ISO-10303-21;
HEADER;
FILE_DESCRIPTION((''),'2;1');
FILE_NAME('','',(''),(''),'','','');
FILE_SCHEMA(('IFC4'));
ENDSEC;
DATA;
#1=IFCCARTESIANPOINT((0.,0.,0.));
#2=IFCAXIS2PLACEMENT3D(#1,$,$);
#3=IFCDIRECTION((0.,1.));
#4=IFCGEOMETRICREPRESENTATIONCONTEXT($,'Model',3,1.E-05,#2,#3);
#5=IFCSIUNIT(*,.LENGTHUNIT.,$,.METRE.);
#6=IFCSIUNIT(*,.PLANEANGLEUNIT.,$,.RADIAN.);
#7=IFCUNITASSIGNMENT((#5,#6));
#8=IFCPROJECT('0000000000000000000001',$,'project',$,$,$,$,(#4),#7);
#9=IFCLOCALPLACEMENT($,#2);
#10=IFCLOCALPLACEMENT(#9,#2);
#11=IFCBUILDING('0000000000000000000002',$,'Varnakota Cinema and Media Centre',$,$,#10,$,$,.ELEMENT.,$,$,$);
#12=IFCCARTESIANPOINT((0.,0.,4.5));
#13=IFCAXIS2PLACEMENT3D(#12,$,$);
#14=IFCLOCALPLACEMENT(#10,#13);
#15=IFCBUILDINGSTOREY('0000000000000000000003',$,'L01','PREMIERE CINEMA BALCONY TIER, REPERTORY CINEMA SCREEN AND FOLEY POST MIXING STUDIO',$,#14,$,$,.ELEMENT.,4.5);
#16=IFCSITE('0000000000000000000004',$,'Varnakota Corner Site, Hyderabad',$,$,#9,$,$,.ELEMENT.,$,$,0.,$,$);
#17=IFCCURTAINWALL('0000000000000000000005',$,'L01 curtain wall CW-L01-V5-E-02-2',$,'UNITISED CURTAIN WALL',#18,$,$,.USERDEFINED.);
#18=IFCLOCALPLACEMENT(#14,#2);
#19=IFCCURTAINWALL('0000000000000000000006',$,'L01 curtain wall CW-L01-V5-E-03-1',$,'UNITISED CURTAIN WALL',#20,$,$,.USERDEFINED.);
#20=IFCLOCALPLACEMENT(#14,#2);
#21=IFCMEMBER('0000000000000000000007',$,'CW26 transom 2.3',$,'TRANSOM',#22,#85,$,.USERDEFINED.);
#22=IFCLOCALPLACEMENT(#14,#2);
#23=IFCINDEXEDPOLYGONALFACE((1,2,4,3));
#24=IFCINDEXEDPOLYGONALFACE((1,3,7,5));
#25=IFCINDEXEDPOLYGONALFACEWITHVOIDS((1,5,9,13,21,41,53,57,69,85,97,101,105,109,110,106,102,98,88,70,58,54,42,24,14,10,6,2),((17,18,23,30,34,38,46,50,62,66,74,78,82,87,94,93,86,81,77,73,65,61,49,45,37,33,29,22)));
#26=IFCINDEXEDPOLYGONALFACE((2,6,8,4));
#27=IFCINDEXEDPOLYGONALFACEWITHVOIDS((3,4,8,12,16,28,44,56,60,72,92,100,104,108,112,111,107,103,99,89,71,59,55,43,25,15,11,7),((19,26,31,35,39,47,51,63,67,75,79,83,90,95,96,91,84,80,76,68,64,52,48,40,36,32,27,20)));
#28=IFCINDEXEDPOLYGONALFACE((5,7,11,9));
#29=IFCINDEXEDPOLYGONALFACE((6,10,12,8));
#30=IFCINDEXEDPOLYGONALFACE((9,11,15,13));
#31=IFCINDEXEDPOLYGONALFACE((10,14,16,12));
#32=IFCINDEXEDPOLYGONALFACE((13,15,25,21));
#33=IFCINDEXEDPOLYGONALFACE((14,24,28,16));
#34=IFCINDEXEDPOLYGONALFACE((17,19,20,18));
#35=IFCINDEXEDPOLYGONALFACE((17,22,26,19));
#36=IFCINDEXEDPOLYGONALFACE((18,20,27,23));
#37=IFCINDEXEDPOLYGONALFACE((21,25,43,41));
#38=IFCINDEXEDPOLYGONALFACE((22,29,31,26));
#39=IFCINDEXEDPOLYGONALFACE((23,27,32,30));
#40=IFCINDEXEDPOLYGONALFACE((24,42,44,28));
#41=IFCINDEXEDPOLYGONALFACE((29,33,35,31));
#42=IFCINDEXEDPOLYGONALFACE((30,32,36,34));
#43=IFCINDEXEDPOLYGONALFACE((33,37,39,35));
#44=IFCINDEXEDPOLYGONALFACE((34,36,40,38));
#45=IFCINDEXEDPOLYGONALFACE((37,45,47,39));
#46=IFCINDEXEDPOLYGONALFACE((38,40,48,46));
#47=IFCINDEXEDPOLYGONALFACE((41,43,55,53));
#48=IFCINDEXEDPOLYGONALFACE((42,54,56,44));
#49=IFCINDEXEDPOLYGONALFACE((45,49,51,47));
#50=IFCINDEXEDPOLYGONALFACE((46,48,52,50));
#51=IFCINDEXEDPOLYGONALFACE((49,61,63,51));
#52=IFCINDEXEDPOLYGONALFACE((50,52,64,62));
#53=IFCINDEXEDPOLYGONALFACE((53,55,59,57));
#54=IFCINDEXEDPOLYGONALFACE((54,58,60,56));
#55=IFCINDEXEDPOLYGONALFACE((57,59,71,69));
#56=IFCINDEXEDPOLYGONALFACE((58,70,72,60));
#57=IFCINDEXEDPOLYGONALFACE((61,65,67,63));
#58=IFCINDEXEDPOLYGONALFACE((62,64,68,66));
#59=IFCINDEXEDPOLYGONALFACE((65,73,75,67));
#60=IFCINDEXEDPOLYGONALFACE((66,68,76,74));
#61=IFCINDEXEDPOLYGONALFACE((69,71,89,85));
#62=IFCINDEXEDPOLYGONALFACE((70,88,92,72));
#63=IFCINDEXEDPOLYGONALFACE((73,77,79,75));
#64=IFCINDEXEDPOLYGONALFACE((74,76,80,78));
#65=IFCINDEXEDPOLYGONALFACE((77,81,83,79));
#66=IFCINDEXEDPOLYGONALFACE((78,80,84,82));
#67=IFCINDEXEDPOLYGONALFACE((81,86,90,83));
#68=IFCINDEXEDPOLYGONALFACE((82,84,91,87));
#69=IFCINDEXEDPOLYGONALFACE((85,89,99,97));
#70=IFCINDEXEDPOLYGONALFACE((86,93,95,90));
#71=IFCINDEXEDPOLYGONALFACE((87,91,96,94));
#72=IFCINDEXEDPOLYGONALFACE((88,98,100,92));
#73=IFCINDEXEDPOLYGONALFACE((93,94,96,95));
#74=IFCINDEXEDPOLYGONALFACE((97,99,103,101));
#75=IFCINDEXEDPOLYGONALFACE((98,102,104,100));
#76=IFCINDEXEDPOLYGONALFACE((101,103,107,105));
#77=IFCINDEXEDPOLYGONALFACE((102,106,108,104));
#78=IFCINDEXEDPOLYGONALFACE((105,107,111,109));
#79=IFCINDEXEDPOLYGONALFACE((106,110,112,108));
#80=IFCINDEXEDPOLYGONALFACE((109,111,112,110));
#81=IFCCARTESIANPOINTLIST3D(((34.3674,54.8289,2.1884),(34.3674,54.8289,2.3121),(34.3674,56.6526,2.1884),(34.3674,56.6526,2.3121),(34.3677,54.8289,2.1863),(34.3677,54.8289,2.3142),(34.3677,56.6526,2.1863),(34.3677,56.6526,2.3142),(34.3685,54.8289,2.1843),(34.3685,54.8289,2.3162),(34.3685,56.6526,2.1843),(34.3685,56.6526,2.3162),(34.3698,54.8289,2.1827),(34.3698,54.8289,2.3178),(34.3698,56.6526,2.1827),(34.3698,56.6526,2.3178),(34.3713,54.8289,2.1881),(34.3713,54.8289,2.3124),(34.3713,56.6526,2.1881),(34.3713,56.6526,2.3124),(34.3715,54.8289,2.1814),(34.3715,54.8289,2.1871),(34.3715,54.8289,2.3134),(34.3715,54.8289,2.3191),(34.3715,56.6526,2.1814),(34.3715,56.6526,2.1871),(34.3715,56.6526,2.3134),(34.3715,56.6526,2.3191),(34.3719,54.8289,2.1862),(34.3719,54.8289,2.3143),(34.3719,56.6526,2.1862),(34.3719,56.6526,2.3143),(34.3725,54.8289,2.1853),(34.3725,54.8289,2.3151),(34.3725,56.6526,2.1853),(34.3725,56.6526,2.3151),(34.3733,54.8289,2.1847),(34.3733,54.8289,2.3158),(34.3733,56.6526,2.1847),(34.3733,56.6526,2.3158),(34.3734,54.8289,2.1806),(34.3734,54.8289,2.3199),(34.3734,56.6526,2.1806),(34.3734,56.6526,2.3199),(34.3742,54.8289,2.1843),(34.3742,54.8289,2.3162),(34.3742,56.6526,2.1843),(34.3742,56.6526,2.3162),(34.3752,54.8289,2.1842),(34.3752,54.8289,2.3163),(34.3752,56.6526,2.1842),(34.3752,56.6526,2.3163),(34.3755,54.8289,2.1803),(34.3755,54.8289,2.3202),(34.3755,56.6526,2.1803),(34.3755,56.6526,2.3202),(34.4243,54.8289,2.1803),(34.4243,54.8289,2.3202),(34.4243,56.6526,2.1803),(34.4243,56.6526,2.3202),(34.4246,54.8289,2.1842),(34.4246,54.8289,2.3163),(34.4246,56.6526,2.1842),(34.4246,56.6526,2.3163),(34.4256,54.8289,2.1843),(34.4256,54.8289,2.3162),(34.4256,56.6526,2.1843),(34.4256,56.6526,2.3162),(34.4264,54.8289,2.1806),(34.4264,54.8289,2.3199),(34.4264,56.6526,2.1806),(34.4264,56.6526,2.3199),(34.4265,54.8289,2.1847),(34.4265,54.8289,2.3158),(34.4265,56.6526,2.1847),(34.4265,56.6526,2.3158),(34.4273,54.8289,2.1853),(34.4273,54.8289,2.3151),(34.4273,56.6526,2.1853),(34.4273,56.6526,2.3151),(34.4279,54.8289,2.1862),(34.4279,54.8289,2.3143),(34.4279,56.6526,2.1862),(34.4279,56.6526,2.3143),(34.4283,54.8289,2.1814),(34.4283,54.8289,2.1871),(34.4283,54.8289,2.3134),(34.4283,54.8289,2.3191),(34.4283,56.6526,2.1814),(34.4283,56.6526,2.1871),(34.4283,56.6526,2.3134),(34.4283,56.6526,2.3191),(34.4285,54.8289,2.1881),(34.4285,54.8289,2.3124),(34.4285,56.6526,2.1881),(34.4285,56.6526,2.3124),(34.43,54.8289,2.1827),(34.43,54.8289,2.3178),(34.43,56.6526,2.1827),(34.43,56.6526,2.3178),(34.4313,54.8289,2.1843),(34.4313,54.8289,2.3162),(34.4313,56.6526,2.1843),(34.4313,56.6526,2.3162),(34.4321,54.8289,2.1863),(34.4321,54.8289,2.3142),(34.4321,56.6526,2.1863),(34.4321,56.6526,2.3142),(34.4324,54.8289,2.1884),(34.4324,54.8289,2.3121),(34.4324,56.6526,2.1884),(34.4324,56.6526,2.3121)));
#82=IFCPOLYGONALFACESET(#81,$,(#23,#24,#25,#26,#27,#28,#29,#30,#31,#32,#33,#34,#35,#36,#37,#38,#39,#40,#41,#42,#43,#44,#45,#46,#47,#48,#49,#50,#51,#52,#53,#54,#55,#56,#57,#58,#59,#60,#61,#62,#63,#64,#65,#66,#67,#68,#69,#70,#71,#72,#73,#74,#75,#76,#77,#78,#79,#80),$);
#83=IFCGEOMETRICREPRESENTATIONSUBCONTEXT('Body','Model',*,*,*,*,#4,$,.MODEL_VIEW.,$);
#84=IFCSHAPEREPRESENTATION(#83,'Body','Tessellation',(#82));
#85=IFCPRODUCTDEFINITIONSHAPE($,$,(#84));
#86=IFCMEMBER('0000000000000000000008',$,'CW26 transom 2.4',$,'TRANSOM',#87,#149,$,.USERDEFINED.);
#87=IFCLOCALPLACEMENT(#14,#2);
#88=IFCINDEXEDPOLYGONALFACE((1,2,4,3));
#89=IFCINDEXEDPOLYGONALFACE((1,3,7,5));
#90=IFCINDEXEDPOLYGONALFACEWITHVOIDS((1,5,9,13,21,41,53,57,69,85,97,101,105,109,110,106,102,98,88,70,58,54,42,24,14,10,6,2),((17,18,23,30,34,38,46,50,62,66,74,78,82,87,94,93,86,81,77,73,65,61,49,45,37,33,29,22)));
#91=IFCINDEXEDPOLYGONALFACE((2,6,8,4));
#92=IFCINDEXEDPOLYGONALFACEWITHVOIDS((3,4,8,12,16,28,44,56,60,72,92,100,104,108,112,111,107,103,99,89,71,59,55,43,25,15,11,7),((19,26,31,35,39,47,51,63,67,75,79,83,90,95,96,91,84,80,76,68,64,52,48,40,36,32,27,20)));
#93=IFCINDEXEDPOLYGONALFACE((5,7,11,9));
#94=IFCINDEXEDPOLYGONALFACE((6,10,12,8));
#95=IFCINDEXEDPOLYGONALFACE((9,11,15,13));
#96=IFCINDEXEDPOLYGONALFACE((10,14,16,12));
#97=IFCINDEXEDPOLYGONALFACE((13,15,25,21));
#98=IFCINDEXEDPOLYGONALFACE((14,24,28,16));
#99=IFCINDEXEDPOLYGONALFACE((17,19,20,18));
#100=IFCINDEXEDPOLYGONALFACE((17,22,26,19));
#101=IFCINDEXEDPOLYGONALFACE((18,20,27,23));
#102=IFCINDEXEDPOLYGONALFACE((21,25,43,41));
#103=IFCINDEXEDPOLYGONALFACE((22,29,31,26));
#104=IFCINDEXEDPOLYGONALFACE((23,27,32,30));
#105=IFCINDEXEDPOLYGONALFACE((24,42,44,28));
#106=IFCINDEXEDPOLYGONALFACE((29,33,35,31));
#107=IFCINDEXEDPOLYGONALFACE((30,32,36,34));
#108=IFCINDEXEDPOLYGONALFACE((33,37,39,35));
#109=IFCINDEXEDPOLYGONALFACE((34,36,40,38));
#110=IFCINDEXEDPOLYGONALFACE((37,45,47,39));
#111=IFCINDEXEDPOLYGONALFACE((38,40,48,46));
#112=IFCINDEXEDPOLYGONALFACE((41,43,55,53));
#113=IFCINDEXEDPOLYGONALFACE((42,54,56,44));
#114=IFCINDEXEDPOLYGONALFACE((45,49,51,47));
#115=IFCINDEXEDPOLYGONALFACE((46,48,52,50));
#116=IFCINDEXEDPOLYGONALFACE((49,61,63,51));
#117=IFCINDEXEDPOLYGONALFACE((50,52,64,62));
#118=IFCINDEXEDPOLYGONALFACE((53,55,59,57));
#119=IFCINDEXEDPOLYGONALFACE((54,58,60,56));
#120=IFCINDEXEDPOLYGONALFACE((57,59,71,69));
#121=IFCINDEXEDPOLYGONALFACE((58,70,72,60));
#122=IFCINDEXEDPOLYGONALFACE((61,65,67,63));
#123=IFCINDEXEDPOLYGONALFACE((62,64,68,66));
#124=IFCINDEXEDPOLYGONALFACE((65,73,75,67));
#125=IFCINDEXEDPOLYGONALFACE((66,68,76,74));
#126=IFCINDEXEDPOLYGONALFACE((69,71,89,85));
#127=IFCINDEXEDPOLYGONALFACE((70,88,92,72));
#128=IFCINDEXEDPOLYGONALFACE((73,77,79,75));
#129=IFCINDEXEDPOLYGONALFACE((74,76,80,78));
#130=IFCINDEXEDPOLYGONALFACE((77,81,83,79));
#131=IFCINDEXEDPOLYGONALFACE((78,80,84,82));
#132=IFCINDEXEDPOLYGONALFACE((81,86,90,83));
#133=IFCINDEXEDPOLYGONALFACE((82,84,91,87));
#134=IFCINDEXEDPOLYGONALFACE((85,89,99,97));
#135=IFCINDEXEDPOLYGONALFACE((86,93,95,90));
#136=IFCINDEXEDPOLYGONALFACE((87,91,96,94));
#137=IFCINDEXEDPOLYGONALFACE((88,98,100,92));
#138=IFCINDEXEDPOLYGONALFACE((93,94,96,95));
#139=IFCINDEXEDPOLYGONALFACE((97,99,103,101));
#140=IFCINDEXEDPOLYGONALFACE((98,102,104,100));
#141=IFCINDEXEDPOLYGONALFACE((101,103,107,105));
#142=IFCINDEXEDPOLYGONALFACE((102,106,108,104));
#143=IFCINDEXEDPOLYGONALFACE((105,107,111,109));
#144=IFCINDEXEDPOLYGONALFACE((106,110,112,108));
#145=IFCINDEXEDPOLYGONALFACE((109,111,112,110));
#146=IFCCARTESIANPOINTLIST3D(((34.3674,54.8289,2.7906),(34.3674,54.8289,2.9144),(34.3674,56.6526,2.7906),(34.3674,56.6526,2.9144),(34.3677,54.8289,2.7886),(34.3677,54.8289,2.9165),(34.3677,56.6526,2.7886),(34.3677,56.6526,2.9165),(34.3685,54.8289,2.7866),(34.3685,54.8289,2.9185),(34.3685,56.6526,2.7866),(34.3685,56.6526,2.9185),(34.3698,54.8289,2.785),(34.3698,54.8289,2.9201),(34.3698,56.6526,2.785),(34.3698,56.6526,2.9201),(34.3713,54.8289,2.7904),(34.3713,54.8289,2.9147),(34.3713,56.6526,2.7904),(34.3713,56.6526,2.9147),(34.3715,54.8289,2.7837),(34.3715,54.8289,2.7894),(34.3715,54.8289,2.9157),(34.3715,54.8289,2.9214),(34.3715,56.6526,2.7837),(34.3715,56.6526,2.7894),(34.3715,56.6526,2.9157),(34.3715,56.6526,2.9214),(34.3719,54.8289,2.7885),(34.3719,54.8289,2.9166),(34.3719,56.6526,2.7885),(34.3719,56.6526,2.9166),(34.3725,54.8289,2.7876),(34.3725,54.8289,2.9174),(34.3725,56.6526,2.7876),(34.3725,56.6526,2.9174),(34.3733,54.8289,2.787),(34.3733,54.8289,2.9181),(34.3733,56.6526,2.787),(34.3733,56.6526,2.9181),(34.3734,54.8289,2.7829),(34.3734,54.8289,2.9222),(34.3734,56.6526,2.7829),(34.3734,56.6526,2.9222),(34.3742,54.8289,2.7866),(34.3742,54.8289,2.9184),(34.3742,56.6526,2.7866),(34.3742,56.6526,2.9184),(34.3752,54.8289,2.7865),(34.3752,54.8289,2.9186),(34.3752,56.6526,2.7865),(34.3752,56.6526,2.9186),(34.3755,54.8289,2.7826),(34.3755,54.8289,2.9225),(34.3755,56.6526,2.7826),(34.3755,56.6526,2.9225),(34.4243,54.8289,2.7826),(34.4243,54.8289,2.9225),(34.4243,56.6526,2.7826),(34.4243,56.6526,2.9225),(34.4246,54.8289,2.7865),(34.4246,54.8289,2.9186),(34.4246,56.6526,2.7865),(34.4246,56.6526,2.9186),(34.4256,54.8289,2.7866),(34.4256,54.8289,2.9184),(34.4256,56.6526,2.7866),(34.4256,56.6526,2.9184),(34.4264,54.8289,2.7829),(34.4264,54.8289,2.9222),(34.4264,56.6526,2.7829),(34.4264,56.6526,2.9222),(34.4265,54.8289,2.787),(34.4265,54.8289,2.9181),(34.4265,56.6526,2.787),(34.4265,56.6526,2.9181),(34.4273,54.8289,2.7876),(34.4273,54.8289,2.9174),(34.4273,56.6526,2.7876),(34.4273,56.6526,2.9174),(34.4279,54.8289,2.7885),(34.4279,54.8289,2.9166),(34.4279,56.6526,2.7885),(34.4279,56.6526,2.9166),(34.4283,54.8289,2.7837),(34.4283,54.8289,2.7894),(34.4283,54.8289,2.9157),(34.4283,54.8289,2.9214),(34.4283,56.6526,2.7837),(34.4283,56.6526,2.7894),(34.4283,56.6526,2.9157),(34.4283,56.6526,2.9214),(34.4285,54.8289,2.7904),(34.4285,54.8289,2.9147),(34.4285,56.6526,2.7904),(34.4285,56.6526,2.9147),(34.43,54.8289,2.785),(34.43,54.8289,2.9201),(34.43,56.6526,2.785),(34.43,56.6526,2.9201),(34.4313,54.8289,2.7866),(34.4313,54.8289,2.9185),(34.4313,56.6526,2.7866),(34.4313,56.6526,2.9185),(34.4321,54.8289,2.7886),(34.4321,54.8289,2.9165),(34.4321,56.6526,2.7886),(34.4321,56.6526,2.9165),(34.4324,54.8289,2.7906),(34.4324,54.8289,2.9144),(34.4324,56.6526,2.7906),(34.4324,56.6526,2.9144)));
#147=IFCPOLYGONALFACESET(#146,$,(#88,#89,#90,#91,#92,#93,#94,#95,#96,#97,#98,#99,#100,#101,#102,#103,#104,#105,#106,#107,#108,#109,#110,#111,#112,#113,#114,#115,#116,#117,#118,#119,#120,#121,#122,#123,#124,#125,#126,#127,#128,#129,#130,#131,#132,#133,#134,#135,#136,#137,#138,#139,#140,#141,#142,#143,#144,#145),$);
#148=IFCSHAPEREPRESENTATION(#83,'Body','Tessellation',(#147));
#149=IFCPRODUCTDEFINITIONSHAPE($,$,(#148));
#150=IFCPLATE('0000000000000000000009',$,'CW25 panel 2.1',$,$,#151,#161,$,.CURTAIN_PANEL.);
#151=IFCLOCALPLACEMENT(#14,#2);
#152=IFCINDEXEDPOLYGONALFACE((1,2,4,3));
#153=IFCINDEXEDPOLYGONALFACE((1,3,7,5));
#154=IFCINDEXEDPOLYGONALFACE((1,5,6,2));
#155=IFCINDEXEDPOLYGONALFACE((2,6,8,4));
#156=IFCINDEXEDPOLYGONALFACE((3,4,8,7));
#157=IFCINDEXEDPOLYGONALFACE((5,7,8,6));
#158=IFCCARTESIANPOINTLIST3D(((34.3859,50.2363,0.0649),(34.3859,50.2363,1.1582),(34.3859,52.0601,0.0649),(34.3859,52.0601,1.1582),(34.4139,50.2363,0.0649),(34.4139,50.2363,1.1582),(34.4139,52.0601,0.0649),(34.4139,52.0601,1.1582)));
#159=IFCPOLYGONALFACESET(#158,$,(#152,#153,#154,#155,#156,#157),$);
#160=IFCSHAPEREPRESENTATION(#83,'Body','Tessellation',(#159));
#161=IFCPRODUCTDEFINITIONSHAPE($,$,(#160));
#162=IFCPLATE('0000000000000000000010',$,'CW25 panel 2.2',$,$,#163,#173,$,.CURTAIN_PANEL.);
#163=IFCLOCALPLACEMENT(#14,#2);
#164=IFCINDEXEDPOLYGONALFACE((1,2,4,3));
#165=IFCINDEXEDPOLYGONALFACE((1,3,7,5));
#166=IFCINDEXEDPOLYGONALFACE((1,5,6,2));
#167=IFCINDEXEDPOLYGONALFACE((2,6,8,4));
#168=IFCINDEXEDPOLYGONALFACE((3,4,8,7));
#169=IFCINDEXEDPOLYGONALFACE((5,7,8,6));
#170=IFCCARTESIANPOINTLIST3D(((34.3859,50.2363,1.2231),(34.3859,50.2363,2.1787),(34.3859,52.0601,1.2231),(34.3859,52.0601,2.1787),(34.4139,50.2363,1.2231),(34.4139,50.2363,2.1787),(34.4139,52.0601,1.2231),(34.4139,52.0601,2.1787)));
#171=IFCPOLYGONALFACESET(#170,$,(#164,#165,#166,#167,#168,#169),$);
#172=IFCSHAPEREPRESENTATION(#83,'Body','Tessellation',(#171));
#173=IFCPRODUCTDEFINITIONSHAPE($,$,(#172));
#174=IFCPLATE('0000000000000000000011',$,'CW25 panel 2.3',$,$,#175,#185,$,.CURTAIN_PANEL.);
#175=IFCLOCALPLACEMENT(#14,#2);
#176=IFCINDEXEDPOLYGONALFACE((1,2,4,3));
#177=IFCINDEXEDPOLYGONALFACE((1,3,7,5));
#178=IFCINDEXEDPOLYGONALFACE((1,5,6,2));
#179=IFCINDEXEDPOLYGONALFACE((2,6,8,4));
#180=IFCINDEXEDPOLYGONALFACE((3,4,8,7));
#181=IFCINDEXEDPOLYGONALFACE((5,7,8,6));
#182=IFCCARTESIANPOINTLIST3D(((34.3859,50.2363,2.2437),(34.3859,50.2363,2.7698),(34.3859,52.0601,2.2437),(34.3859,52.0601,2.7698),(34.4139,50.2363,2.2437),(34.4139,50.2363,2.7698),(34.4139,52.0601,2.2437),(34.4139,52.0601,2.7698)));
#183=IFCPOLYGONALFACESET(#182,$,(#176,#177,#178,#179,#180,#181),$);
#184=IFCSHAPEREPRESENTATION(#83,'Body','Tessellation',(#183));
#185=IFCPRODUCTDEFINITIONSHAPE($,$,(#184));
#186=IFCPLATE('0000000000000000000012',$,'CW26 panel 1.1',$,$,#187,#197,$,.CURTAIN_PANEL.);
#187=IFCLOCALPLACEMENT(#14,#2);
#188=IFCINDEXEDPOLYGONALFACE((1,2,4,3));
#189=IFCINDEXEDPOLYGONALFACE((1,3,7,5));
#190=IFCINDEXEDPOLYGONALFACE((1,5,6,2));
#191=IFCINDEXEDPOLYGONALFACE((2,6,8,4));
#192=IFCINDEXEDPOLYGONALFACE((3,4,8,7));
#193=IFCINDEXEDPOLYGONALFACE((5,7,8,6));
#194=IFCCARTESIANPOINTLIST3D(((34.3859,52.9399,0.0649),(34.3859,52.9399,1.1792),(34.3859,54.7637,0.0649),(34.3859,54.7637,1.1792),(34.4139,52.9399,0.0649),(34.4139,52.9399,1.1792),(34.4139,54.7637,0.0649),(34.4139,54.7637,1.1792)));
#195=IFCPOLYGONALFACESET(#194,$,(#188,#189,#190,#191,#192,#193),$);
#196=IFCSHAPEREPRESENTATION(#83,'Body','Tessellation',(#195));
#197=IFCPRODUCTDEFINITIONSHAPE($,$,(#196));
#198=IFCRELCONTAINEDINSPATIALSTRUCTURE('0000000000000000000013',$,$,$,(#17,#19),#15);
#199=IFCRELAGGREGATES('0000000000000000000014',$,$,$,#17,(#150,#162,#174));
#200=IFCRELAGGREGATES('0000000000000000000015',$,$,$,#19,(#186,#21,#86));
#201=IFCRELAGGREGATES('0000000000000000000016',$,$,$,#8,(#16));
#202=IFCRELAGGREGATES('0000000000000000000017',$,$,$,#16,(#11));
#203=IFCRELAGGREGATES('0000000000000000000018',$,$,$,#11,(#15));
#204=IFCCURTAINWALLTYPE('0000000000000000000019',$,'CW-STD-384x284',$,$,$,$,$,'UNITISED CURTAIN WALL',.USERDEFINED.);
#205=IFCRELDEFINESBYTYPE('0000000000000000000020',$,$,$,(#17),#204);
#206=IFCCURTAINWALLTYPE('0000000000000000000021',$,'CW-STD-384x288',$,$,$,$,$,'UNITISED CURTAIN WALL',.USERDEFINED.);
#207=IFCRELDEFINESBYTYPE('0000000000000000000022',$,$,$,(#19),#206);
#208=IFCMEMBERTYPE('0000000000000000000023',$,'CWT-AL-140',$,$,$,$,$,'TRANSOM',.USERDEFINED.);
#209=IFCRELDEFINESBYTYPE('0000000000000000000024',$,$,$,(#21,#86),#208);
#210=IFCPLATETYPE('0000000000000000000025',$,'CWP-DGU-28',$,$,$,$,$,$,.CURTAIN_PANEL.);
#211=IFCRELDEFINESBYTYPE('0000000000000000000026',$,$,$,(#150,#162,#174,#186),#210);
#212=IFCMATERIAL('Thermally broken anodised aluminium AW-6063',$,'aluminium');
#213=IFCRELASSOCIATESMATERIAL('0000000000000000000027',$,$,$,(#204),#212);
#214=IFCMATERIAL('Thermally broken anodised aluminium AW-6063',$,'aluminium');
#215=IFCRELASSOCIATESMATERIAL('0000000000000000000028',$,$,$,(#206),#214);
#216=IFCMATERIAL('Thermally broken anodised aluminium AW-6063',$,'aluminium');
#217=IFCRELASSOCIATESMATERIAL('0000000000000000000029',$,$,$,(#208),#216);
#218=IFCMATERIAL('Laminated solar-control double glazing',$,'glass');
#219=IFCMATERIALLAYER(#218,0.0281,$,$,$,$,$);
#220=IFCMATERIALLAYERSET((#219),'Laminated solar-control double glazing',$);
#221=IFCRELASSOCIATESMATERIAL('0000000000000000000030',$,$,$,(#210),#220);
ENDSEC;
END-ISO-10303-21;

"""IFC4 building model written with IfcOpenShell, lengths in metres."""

from ifc_helpers import new_model, si_unit, direction, frame, origin, origin_2d, place, context, subcontext, project, spatial, rectangle, hollow_rectangle, extrude, material, layer, layer_set, material_profile, profile_set, type_object, element, aggregate, save


model = new_model("IFC4")

# Units and contexts
model_context = context("Model", 3, precision=1e-05, world=origin(), true_north=direction((0.0, 1.0)))
body_context = subcontext(model_context, "Body", "Model", "MODEL_VIEW")
ifc_project = project(units=[si_unit("LENGTHUNIT", "METRE"), si_unit("PLANEANGLEUNIT", "RADIAN")], contexts=[model_context])

# Site, building, storey
site_placement = place(None, origin())
site = spatial("IfcSite", under=ifc_project, at=site_placement, Name="Varnakota Corner Site, Hyderabad", CompositionType="ELEMENT", RefElevation=0.0)
building_placement = place(site_placement, origin())
building = spatial("IfcBuilding", under=site, at=building_placement, Name="Varnakota Cinema and Media Centre", CompositionType="ELEMENT")
storey_placement = place(building_placement, frame((0.0, 0.0, 4.5)))
storey = spatial("IfcBuildingStorey", under=building, at=storey_placement, Name="L01", Description="PREMIERE CINEMA BALCONY TIER, REPERTORY CINEMA SCREEN AND FOLEY POST MIXING STUDIO", CompositionType="ELEMENT", Elevation=4.5)

# Curtain wall
ifc_material_1 = material(Name="Thermally broken anodised aluminium AW-6063", Category="aluminium")
curtain_wall_type_1 = type_object("IfcCurtainWallType", Name="CW-STD-384x284", ElementType="UNITISED CURTAIN WALL", PredefinedType="USERDEFINED", material=ifc_material_1)
curtain_wall_1_placement = place(storey_placement, origin())
curtain_wall_1 = element("IfcCurtainWall", 1, at=curtain_wall_1_placement, inside=storey, type_object=curtain_wall_type_1, Name="L01 curtain wall CW-L01-V5-E-02-2", ObjectType="UNITISED CURTAIN WALL", PredefinedType="USERDEFINED")

# Curtain wall
ifc_material_2 = material(Name="Thermally broken anodised aluminium AW-6063", Category="aluminium")
curtain_wall_type_2 = type_object("IfcCurtainWallType", Name="CW-STD-384x288", ElementType="UNITISED CURTAIN WALL", PredefinedType="USERDEFINED", material=ifc_material_2)
curtain_wall_2_placement = place(storey_placement, origin())
curtain_wall_2 = element("IfcCurtainWall", 2, at=curtain_wall_2_placement, inside=storey, type_object=curtain_wall_type_2, Name="L01 curtain wall CW-L01-V5-E-03-1", ObjectType="UNITISED CURTAIN WALL", PredefinedType="USERDEFINED")

# Members
ifc_material_3 = material(Name="Thermally broken anodised aluminium AW-6063", Category="aluminium")
ifc_material_profile_1 = material_profile(ifc_material_3, hollow_rectangle(XDim=0.0649, YDim=0.1399, WallThickness=0.0039, InnerFilletRadius=0.0039, OuterFilletRadius=0.0081, at=origin_2d()), Name="AL-TRANSOM 140x65x4")
ifc_profile_set_1 = profile_set([ifc_material_profile_1], Name="Thermally broken anodised aluminium AW-6063")
member_type_1 = type_object("IfcMemberType", Name="CWT-AL-140", ElementType="TRANSOM", PredefinedType="USERDEFINED", material=ifc_profile_set_1)
member_1_placement = place(storey_placement, frame((34.3999, 54.8289, 2.2502), z_axis=(0.0, 1.0, 0.0), x_axis=(-1.0, 0.0, 0.0)))
member_1 = element("IfcMember", 3, at=member_1_placement, type_object=member_type_1, Name="CW26 transom 2.3", ObjectType="TRANSOM", PredefinedType="USERDEFINED", context=body_context, shape_type="SweptSolid", body=[
    extrude(hollow_rectangle(XDim=0.0649, YDim=0.1399, WallThickness=0.0039, InnerFilletRadius=0.0039, OuterFilletRadius=0.0081, at=origin_2d()), origin(), (0.0, 0.0, 1.0), 1.8237),
])
member_2_placement = place(storey_placement, frame((34.3999, 54.8289, 2.8525), z_axis=(0.0, 1.0, 0.0), x_axis=(-1.0, 0.0, 0.0)))
member_2 = element("IfcMember", 4, at=member_2_placement, type_object=member_type_1, Name="CW26 transom 2.4", ObjectType="TRANSOM", PredefinedType="USERDEFINED", context=body_context, shape_type="SweptSolid", body=[
    extrude(hollow_rectangle(XDim=0.0649, YDim=0.1399, WallThickness=0.0039, InnerFilletRadius=0.0039, OuterFilletRadius=0.0081, at=origin_2d()), origin(), (0.0, 0.0, 1.0), 1.8237),
])

# Plates
ifc_material_4 = material(Name="Laminated solar-control double glazing", Category="glass")
ifc_layer_1 = layer(ifc_material_4, 0.0281)
ifc_layer_set_1 = layer_set([ifc_layer_1], Name="Laminated solar-control double glazing")
plate_type = type_object("IfcPlateType", Name="CWP-DGU-28", PredefinedType="CURTAIN_PANEL", material=ifc_layer_set_1)
plate_1_placement = place(storey_placement, frame((34.3999, 51.1482, 0.0649), z_axis=(0.0, 0.0, 1.0), x_axis=(0.0, 1.0, 0.0)))
plate_1 = element("IfcPlate", 5, at=plate_1_placement, type_object=plate_type, Name="CW25 panel 2.1", PredefinedType="CURTAIN_PANEL", context=body_context, shape_type="SweptSolid", body=[
    extrude(rectangle(XDim=1.8237, YDim=0.0281, at=origin_2d()), origin(), (0.0, 0.0, 1.0), 1.0933),
])
plate_2_placement = place(storey_placement, frame((34.3999, 51.1482, 1.2231), z_axis=(0.0, 0.0, 1.0), x_axis=(0.0, 1.0, 0.0)))
plate_2 = element("IfcPlate", 6, at=plate_2_placement, type_object=plate_type, Name="CW25 panel 2.2", PredefinedType="CURTAIN_PANEL", context=body_context, shape_type="SweptSolid", body=[
    extrude(rectangle(XDim=1.8237, YDim=0.0281, at=origin_2d()), origin(), (0.0, 0.0, 1.0), 0.9556),
])
plate_3_placement = place(storey_placement, frame((34.3999, 51.1482, 2.2437), z_axis=(0.0, 0.0, 1.0), x_axis=(0.0, 1.0, 0.0)))
plate_3 = element("IfcPlate", 7, at=plate_3_placement, type_object=plate_type, Name="CW25 panel 2.3", PredefinedType="CURTAIN_PANEL", context=body_context, shape_type="SweptSolid", body=[
    extrude(rectangle(XDim=1.8237, YDim=0.0281, at=origin_2d()), origin(), (0.0, 0.0, 1.0), 0.5261),
])
aggregate(curtain_wall_1, [plate_1, plate_2, plate_3])
plate_4_placement = place(storey_placement, frame((34.3999, 53.8518, 0.0649), z_axis=(0.0, 0.0, 1.0), x_axis=(0.0, 1.0, 0.0)))
plate_4 = element("IfcPlate", 8, at=plate_4_placement, type_object=plate_type, Name="CW26 panel 1.1", PredefinedType="CURTAIN_PANEL", context=body_context, shape_type="SweptSolid", body=[
    extrude(rectangle(XDim=1.8237, YDim=0.0281, at=origin_2d()), origin(), (0.0, 0.0, 1.0), 1.1143),
])
aggregate(curtain_wall_2, [plate_4, member_1, member_2])

save(model, "model.ifc")
